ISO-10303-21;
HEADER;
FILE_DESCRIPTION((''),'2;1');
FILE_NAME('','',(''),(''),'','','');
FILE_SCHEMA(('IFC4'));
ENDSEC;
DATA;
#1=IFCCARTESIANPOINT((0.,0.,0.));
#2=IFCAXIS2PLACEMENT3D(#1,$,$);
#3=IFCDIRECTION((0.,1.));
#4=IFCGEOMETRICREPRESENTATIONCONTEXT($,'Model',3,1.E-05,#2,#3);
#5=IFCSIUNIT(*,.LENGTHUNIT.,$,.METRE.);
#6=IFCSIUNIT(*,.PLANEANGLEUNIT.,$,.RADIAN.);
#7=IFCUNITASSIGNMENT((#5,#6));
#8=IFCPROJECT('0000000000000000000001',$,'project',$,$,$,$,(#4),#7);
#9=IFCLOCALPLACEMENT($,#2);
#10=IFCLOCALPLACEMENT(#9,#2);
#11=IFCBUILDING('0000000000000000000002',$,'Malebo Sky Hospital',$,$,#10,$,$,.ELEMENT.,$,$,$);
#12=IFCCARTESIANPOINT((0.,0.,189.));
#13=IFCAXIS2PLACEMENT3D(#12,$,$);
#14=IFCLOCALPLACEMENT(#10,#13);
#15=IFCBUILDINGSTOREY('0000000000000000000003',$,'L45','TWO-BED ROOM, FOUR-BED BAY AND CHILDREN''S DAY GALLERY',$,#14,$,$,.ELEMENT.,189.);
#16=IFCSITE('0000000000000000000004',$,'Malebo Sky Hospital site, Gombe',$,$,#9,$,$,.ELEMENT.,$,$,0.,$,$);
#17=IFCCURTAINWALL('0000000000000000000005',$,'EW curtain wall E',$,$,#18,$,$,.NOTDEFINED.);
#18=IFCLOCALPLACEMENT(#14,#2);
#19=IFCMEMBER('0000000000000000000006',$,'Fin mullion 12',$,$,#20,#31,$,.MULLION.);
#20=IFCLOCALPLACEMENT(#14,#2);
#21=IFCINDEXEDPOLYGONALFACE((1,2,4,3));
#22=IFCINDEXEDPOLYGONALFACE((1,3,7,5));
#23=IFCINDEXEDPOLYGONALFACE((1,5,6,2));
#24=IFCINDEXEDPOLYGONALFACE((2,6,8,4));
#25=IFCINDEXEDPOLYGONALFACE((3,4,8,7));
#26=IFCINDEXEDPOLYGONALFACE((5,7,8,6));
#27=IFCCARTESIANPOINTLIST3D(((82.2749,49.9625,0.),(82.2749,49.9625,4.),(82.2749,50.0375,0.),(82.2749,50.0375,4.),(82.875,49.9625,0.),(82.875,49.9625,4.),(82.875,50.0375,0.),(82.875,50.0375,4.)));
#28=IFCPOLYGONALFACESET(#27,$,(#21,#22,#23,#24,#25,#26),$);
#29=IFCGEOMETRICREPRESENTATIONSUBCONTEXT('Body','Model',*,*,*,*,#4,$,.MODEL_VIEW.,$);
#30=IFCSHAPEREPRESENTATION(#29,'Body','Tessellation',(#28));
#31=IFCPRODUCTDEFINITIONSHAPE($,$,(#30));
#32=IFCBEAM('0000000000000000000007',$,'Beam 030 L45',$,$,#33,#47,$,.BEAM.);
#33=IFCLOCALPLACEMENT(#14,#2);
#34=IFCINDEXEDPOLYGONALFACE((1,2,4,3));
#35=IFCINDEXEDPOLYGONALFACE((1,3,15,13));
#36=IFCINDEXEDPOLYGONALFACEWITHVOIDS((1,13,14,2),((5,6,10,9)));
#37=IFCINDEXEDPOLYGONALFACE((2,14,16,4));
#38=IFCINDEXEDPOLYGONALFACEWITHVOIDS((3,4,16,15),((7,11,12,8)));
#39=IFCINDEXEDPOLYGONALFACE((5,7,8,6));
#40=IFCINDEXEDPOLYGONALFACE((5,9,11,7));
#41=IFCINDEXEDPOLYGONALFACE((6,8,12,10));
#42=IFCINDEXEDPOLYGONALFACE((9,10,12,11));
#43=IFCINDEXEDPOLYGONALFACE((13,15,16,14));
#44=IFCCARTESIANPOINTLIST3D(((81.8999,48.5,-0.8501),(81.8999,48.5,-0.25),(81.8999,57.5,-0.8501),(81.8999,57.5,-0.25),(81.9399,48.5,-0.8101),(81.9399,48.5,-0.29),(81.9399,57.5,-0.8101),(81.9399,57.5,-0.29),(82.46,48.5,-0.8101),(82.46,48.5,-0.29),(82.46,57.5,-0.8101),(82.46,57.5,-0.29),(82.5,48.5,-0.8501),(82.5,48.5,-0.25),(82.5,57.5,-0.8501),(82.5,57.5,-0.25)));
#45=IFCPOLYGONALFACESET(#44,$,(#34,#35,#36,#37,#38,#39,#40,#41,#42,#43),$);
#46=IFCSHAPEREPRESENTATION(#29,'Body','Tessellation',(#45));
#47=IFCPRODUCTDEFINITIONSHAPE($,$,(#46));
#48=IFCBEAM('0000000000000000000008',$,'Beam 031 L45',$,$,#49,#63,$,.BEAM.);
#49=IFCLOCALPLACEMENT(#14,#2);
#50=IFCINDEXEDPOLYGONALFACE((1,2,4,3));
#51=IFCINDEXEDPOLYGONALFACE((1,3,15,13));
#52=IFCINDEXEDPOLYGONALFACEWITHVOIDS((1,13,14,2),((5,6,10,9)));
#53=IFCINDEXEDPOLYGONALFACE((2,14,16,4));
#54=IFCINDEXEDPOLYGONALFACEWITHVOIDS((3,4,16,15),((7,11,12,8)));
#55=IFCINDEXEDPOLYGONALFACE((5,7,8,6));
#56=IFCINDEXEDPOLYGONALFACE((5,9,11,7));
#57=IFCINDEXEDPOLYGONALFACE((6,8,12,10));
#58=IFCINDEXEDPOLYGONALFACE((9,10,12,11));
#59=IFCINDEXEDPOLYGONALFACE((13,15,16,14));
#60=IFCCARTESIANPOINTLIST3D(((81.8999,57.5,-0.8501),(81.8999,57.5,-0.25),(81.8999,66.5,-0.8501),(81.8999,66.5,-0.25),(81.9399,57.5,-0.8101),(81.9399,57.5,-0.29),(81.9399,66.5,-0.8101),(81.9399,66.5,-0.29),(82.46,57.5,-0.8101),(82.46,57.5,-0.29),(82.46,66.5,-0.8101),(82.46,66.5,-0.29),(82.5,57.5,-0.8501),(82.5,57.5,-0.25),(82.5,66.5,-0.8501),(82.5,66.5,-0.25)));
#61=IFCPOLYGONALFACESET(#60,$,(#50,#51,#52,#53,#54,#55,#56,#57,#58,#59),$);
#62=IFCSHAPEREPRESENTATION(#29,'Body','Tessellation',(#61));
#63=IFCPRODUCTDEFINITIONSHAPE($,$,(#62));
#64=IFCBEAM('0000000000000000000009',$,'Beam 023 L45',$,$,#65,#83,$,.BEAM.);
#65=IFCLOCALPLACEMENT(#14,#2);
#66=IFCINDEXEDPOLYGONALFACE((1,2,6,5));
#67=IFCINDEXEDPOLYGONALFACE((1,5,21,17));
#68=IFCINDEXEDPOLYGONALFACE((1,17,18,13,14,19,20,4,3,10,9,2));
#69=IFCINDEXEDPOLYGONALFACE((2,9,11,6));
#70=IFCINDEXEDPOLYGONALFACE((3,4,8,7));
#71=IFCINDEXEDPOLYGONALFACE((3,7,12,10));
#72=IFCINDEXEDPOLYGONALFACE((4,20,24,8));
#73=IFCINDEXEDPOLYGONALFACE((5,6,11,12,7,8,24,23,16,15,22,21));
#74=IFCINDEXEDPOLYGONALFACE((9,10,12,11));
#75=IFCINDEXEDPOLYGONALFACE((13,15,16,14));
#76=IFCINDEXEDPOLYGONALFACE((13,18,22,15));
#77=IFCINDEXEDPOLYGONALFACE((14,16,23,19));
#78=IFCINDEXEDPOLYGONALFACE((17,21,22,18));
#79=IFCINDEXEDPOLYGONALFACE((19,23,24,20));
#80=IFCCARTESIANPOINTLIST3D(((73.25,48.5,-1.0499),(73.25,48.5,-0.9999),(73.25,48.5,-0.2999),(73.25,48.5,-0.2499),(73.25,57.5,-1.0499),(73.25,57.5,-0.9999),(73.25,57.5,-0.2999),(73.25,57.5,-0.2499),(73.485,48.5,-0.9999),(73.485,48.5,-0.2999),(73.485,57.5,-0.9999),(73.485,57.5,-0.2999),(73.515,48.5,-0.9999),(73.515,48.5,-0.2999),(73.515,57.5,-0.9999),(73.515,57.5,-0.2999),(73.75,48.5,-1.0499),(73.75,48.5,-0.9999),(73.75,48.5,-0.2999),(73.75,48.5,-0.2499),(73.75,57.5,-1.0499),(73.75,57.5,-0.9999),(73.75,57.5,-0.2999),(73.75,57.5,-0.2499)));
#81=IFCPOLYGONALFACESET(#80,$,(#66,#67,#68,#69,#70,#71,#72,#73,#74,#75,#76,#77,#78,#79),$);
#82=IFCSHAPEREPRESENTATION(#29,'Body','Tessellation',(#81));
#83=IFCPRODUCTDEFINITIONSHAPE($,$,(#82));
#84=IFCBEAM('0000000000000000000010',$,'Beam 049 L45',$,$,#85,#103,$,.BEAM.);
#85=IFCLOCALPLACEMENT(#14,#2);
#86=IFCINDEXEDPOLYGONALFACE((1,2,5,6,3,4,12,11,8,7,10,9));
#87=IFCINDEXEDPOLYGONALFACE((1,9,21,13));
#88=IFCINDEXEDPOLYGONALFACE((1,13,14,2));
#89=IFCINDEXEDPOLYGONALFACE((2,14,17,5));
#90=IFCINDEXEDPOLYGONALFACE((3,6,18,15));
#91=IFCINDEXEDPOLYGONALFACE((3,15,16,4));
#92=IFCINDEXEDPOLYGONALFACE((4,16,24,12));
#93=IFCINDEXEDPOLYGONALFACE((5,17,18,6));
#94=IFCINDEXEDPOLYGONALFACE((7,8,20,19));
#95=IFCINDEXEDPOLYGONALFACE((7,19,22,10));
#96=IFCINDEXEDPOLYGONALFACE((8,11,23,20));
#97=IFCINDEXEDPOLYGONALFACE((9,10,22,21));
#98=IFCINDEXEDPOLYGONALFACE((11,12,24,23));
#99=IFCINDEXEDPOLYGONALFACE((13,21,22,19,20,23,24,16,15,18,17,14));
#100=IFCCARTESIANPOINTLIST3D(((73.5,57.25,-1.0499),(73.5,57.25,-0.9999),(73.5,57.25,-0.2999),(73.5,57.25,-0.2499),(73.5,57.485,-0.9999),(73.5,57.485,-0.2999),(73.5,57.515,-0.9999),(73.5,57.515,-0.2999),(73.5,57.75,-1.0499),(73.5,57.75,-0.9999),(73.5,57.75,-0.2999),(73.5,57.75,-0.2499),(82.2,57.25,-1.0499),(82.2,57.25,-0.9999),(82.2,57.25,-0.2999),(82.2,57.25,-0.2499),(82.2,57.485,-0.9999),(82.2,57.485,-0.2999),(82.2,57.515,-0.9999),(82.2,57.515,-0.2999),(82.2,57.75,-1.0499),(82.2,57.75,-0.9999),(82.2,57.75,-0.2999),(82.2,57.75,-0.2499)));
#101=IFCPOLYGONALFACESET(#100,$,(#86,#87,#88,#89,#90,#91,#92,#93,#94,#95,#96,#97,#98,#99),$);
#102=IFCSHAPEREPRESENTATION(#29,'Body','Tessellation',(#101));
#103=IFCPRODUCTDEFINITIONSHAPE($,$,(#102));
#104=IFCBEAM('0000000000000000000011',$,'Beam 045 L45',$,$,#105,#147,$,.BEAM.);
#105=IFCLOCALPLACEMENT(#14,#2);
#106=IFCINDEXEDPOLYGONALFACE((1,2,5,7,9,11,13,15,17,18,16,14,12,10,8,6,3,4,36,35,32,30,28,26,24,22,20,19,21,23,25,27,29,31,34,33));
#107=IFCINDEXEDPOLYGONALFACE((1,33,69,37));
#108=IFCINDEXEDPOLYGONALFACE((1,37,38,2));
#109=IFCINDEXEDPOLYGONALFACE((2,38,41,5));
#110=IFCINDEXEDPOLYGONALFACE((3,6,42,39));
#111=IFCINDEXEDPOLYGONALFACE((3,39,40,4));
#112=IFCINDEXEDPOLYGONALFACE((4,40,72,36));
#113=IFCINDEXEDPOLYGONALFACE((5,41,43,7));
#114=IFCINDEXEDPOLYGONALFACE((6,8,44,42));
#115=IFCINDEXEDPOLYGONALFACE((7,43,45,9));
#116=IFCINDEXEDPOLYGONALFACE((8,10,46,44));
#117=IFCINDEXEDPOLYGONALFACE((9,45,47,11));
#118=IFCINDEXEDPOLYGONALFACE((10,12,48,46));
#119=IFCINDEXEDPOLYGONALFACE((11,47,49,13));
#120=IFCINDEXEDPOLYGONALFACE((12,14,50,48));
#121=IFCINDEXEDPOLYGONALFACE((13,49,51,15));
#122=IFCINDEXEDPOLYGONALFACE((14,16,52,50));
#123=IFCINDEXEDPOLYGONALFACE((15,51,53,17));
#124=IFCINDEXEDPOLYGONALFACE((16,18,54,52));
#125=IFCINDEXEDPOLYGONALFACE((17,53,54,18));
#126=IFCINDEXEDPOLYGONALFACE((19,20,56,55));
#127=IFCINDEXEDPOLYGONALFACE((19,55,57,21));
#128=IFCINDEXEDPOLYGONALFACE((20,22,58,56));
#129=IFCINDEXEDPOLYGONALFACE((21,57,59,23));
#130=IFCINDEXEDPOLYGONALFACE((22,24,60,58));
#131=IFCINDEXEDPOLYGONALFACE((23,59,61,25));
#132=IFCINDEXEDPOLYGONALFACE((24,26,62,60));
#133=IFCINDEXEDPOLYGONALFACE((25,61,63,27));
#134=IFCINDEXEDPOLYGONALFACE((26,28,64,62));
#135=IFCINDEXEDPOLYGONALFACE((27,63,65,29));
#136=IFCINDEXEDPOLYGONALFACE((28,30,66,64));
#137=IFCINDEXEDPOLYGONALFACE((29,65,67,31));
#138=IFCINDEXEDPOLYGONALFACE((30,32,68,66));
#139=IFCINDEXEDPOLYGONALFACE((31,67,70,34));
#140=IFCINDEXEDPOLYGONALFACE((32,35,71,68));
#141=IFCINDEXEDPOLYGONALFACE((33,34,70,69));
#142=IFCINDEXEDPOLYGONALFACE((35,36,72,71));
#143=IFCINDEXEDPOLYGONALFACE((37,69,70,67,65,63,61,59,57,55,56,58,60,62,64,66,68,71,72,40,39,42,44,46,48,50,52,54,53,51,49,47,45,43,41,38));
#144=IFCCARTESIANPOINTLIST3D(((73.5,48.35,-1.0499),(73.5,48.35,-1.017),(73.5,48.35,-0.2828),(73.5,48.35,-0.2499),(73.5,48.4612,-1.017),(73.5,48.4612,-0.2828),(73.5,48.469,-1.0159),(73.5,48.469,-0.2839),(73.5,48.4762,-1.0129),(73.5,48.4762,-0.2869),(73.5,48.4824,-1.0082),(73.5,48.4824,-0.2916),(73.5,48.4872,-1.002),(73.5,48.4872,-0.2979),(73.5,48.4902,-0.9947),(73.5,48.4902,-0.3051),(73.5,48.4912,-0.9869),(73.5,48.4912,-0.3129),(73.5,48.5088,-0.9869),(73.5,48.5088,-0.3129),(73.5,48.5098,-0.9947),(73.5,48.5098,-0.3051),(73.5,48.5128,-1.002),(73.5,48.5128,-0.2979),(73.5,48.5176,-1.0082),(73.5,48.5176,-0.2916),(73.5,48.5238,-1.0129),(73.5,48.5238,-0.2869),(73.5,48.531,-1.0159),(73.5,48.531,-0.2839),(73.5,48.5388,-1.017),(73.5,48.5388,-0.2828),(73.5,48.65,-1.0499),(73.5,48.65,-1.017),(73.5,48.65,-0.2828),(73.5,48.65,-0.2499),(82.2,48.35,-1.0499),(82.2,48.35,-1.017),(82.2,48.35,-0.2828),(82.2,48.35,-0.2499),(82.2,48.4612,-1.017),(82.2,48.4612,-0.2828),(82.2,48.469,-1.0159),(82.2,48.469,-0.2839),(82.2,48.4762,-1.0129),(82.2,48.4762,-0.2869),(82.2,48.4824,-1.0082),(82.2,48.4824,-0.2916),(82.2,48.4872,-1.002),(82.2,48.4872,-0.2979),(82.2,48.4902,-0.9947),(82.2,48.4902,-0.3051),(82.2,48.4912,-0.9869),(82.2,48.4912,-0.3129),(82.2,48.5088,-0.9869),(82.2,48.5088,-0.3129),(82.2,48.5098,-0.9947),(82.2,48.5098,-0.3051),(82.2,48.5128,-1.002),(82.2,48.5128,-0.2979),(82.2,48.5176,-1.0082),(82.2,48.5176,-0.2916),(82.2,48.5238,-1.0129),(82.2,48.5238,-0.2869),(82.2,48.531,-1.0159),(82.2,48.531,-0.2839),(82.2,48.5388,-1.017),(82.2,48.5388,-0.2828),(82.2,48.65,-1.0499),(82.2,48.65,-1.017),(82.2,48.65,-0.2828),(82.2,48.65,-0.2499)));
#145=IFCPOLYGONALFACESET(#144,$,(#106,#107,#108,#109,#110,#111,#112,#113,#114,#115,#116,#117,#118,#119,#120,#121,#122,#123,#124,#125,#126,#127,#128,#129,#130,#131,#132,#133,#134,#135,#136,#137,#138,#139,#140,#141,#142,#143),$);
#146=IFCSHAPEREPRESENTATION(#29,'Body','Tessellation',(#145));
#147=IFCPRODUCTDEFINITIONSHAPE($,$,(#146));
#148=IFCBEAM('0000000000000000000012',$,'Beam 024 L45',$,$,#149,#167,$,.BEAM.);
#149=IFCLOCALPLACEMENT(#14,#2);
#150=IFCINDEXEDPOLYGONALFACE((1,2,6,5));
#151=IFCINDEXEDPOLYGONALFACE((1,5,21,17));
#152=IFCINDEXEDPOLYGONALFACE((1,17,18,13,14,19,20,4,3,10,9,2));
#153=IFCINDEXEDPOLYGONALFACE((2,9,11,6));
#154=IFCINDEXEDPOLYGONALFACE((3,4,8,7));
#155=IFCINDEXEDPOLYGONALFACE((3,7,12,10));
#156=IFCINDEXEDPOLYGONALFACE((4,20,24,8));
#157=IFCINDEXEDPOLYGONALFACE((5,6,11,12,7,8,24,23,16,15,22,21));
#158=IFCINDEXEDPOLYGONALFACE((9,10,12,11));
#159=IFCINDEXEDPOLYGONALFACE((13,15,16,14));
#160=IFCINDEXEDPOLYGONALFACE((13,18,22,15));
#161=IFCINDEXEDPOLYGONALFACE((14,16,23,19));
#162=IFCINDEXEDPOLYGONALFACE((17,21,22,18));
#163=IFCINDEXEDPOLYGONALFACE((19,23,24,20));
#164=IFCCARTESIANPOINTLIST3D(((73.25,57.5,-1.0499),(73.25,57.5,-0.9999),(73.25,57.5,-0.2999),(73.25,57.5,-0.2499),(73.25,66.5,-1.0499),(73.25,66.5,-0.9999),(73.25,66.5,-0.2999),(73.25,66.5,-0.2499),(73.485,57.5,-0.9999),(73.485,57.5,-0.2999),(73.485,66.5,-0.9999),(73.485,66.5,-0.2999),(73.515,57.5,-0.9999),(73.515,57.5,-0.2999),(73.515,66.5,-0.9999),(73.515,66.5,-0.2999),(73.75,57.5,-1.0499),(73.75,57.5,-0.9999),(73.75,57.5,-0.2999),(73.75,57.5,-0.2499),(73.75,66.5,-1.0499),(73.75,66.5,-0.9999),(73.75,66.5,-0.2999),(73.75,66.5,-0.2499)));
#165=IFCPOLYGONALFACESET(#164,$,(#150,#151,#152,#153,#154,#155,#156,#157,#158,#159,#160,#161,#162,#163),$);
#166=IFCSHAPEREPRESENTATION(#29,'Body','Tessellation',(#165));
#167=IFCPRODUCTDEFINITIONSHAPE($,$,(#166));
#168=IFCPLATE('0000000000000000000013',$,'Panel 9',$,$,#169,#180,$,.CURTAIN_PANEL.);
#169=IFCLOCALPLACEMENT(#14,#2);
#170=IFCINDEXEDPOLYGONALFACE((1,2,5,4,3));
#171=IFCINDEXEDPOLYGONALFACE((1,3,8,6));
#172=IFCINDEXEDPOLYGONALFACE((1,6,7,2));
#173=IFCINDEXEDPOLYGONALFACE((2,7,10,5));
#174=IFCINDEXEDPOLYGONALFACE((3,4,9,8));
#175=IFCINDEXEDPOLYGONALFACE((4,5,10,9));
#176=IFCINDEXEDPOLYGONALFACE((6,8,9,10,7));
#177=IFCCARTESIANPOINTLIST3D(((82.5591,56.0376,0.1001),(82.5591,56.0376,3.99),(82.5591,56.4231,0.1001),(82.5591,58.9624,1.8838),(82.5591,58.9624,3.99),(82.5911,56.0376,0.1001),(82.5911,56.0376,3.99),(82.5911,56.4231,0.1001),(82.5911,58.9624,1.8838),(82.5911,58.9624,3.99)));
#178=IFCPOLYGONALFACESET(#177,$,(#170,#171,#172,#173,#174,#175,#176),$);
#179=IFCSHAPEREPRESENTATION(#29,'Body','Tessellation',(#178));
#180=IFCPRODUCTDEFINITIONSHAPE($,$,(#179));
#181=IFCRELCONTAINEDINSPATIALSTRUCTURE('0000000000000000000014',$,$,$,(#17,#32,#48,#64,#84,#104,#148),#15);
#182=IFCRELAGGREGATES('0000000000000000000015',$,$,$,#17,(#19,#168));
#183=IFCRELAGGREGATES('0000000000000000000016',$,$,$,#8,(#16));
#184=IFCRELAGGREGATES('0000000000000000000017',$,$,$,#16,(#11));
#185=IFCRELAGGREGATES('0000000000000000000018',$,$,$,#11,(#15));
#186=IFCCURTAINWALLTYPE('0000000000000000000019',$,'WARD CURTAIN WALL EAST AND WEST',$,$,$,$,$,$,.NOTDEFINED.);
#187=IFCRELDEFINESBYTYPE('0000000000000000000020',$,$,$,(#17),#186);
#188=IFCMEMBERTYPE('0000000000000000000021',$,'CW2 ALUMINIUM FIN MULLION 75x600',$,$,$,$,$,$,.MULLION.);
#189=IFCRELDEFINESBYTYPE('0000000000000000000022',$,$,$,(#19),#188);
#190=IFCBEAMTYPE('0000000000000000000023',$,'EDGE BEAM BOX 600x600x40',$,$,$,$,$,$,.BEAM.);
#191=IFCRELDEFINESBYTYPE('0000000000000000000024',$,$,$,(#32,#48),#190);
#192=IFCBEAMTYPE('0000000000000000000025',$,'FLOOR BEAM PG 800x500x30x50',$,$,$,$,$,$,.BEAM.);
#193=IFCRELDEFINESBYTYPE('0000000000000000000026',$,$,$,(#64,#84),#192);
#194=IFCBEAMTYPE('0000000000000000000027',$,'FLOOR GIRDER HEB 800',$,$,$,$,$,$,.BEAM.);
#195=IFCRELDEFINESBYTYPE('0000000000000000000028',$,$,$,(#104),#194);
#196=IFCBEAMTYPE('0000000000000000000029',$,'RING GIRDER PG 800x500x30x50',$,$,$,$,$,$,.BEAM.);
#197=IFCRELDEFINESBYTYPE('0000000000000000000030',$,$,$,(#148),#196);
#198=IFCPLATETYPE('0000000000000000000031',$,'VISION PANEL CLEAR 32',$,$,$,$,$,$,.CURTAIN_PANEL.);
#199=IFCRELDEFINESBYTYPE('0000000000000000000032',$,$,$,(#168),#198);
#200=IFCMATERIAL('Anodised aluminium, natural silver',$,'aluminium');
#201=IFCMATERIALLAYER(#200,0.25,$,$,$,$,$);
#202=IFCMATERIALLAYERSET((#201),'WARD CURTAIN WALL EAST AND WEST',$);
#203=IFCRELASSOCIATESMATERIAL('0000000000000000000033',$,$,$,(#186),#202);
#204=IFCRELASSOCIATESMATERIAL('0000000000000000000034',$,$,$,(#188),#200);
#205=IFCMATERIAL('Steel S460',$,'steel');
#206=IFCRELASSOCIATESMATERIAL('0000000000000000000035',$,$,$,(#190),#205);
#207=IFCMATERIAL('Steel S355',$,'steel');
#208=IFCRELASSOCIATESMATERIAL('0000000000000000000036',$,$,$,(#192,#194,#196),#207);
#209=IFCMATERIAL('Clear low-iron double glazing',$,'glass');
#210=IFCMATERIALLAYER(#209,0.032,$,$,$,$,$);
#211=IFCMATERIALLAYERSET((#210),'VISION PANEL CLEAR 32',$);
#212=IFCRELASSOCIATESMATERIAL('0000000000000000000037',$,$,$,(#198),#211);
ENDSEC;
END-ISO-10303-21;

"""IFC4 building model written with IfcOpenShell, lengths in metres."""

from ifc_helpers import new_model, si_unit, direction, frame, origin, origin_2d, place, context, subcontext, project, spatial, polyline, rectangle, hollow_rectangle, i_section, outline, extrude, material, layer, layer_set, material_profile, profile_set, type_object, element, aggregate, save


model = new_model("IFC4")

# Units and contexts
model_context = context("Model", 3, precision=1e-05, world=origin(), true_north=direction((0.0, 1.0)))
body_context = subcontext(model_context, "Body", "Model", "MODEL_VIEW")
ifc_project = project(units=[si_unit("LENGTHUNIT", "METRE"), si_unit("PLANEANGLEUNIT", "RADIAN")], contexts=[model_context])

# Site, building, storey
site_placement = place(None, origin())
site = spatial("IfcSite", under=ifc_project, at=site_placement, Name="Malebo Sky Hospital site, Gombe", CompositionType="ELEMENT", RefElevation=0.0)
building_placement = place(site_placement, origin())
building = spatial("IfcBuilding", under=site, at=building_placement, Name="Malebo Sky Hospital", CompositionType="ELEMENT")
storey_placement = place(building_placement, frame((0.0, 0.0, 189.0)))
storey = spatial("IfcBuildingStorey", under=building, at=storey_placement, Name="L45", Description="TWO-BED ROOM, FOUR-BED BAY AND CHILDREN'S DAY GALLERY", CompositionType="ELEMENT", Elevation=189.0)

# Shared definitions
ifc_material_1 = material(Name="Steel S460", Category="steel")

# Curtain wall
ifc_material_2 = material(Name="Anodised aluminium, natural silver", Category="aluminium")
ifc_layer_1 = layer(ifc_material_2, 0.25)
ifc_layer_set_1 = layer_set([ifc_layer_1], Name="WARD CURTAIN WALL EAST AND WEST")
curtain_wall_type = type_object("IfcCurtainWallType", Name="WARD CURTAIN WALL EAST AND WEST", PredefinedType="NOTDEFINED", material=ifc_layer_set_1)
curtain_wall_placement = place(storey_placement, origin())
curtain_wall = element("IfcCurtainWall", 1, at=curtain_wall_placement, inside=storey, type_object=curtain_wall_type, Name="EW curtain wall E", PredefinedType="NOTDEFINED")

# Member
ifc_material_3 = material(Name="Steel S355", Category="steel")
ifc_material_profile_1 = material_profile(ifc_material_2, rectangle(XDim=0.075, YDim=0.6001, at=origin_2d()), Name="CW2 ALUMINIUM FIN MULLION 75x600")
ifc_profile_set_1 = profile_set([ifc_material_profile_1], Name="Anodised aluminium, natural silver")
member_type_1 = type_object("IfcMemberType", Name="CW2 ALUMINIUM FIN MULLION 75x600", PredefinedType="MULLION", material=ifc_profile_set_1)
member_1_placement = place(storey_placement, frame((82.575, 50.0, 0.0), z_axis=(0.0, 0.0, 1.0), x_axis=(0.0, -1.0, 0.0)))
member_1 = element("IfcMember", 2, at=member_1_placement, type_object=member_type_1, Name="Fin mullion 12", PredefinedType="MULLION", context=body_context, shape_type="SweptSolid", body=[
    extrude(rectangle(XDim=0.075, YDim=0.6001, at=origin_2d()), origin(), (0.0, 0.0, 1.0), 4.0),
])

# Beams
ifc_material_profile_2 = material_profile(ifc_material_1, hollow_rectangle(XDim=0.6001, YDim=0.6001, WallThickness=0.04, at=origin_2d()), Name="BOX 600x600x40")
ifc_profile_set_2 = profile_set([ifc_material_profile_2], Name="Steel S460")
beam_type_1 = type_object("IfcBeamType", Name="EDGE BEAM BOX 600x600x40", PredefinedType="BEAM", material=ifc_profile_set_2)
for number, where, z_axis, x_axis, name in (
    (3, (82.2, 48.5, -0.55), (0.0, 1.0, 0.0), (-1.0, 0.0, 0.0), "Beam 030 L45"),
    (4, (82.2, 57.5, -0.55), (0.0, 1.0, 0.0), (-1.0, 0.0, 0.0), "Beam 031 L45"),
):
    element("IfcBeam", number, at=place(storey_placement, frame(where, z_axis=z_axis, x_axis=x_axis)), inside=storey, type_object=beam_type_1, Name=name, PredefinedType="BEAM", context=body_context, shape_type="SweptSolid", body=[
        extrude(hollow_rectangle(XDim=0.6001, YDim=0.6001, WallThickness=0.04, at=origin_2d()), origin(), (0.0, 0.0, 1.0), 9.0),
    ])
ifc_material_profile_3 = material_profile(ifc_material_3, i_section(OverallWidth=0.5, OverallDepth=0.8, WebThickness=0.03, FlangeThickness=0.05, at=origin_2d()), Name="PG 800x500x30x50")
ifc_profile_set_3 = profile_set([ifc_material_profile_3], Name="Steel S355")
beam_type_2 = type_object("IfcBeamType", Name="FLOOR BEAM PG 800x500x30x50", PredefinedType="BEAM", material=ifc_profile_set_3)
beam_1_placement = place(storey_placement, frame((73.5, 48.5, -0.6499), z_axis=(0.0, 1.0, 0.0), x_axis=(-1.0, 0.0, 0.0)))
element("IfcBeam", 5, at=beam_1_placement, inside=storey, type_object=beam_type_2, Name="Beam 023 L45", PredefinedType="BEAM", context=body_context, shape_type="SweptSolid", body=[
    extrude(i_section(OverallWidth=0.5, OverallDepth=0.8, WebThickness=0.03, FlangeThickness=0.05, at=origin_2d()), origin(), (0.0, 0.0, 1.0), 9.0),
])
beam_2_placement = place(storey_placement, frame((73.5, 57.5, -0.6499), z_axis=(1.0, 0.0, 0.0), x_axis=(0.0, 1.0, 0.0)))
element("IfcBeam", 6, at=beam_2_placement, inside=storey, type_object=beam_type_2, Name="Beam 049 L45", PredefinedType="BEAM", context=body_context, shape_type="SweptSolid", body=[
    extrude(i_section(OverallWidth=0.5, OverallDepth=0.8, WebThickness=0.03, FlangeThickness=0.05, at=origin_2d()), origin(), (0.0, 0.0, 1.0), 8.7),
])
ifc_material_profile_4 = material_profile(ifc_material_3, i_section(OverallWidth=0.3, OverallDepth=0.8, WebThickness=0.0176, FlangeThickness=0.033, FilletRadius=0.03, at=origin_2d()), Name="HEB 800")
ifc_profile_set_4 = profile_set([ifc_material_profile_4], Name="Steel S355")
beam_type_3 = type_object("IfcBeamType", Name="FLOOR GIRDER HEB 800", PredefinedType="BEAM", material=ifc_profile_set_4)
beam_3_placement = place(storey_placement, frame((73.5, 48.5, -0.6499), z_axis=(1.0, 0.0, 0.0), x_axis=(0.0, 1.0, 0.0)))
element("IfcBeam", 7, at=beam_3_placement, inside=storey, type_object=beam_type_3, Name="Beam 045 L45", PredefinedType="BEAM", context=body_context, shape_type="SweptSolid", body=[
    extrude(i_section(OverallWidth=0.3, OverallDepth=0.8, WebThickness=0.0176, FlangeThickness=0.033, FilletRadius=0.03, at=origin_2d()), origin(), (0.0, 0.0, 1.0), 8.7),
])
ifc_material_profile_5 = material_profile(ifc_material_3, i_section(OverallWidth=0.5, OverallDepth=0.8, WebThickness=0.03, FlangeThickness=0.05, at=origin_2d()), Name="PG 800x500x30x50")
ifc_profile_set_5 = profile_set([ifc_material_profile_5], Name="Steel S355")
beam_type_4 = type_object("IfcBeamType", Name="RING GIRDER PG 800x500x30x50", PredefinedType="BEAM", material=ifc_profile_set_5)
beam_4_placement = place(storey_placement, frame((73.5, 57.5, -0.6499), z_axis=(0.0, 1.0, 0.0), x_axis=(-1.0, 0.0, 0.0)))
element("IfcBeam", 8, at=beam_4_placement, inside=storey, type_object=beam_type_4, Name="Beam 024 L45", PredefinedType="BEAM", context=body_context, shape_type="SweptSolid", body=[
    extrude(i_section(OverallWidth=0.5, OverallDepth=0.8, WebThickness=0.03, FlangeThickness=0.05, at=origin_2d()), origin(), (0.0, 0.0, 1.0), 9.0),
])

# Plate
ifc_material_4 = material(Name="Clear low-iron double glazing", Category="glass")
ifc_layer_2 = layer(ifc_material_4, 0.032)
ifc_layer_set_2 = layer_set([ifc_layer_2], Name="VISION PANEL CLEAR 32")
plate_type = type_object("IfcPlateType", Name="VISION PANEL CLEAR 32", PredefinedType="CURTAIN_PANEL", material=ifc_layer_set_2)
plate_1_placement = place(storey_placement, frame((82.575, 57.5, 0.1001), z_axis=(0.0, 0.0, 1.0), x_axis=(0.0, -1.0, 0.0)))
plate_1 = element("IfcPlate", 9, at=plate_1_placement, type_object=plate_type, Name="Panel 9", PredefinedType="CURTAIN_PANEL", context=body_context, shape_type="SweptSolid", body=[
    extrude(outline(polyline([(1.0769, 0.0), (1.4624, 0.0), (1.4624, 3.8899), (-1.4624, 3.8899), (-1.4624, 1.7837), (1.0769, 0.0)])), frame((0.0, 0.0161, 0.0), z_axis=(0.0, -1.0, 0.0), x_axis=(1.0, 0.0, 0.0)), (0.0, 0.0, 1.0), 0.032),
])
aggregate(curtain_wall, [member_1, plate_1])

save(model, "model.ifc")
